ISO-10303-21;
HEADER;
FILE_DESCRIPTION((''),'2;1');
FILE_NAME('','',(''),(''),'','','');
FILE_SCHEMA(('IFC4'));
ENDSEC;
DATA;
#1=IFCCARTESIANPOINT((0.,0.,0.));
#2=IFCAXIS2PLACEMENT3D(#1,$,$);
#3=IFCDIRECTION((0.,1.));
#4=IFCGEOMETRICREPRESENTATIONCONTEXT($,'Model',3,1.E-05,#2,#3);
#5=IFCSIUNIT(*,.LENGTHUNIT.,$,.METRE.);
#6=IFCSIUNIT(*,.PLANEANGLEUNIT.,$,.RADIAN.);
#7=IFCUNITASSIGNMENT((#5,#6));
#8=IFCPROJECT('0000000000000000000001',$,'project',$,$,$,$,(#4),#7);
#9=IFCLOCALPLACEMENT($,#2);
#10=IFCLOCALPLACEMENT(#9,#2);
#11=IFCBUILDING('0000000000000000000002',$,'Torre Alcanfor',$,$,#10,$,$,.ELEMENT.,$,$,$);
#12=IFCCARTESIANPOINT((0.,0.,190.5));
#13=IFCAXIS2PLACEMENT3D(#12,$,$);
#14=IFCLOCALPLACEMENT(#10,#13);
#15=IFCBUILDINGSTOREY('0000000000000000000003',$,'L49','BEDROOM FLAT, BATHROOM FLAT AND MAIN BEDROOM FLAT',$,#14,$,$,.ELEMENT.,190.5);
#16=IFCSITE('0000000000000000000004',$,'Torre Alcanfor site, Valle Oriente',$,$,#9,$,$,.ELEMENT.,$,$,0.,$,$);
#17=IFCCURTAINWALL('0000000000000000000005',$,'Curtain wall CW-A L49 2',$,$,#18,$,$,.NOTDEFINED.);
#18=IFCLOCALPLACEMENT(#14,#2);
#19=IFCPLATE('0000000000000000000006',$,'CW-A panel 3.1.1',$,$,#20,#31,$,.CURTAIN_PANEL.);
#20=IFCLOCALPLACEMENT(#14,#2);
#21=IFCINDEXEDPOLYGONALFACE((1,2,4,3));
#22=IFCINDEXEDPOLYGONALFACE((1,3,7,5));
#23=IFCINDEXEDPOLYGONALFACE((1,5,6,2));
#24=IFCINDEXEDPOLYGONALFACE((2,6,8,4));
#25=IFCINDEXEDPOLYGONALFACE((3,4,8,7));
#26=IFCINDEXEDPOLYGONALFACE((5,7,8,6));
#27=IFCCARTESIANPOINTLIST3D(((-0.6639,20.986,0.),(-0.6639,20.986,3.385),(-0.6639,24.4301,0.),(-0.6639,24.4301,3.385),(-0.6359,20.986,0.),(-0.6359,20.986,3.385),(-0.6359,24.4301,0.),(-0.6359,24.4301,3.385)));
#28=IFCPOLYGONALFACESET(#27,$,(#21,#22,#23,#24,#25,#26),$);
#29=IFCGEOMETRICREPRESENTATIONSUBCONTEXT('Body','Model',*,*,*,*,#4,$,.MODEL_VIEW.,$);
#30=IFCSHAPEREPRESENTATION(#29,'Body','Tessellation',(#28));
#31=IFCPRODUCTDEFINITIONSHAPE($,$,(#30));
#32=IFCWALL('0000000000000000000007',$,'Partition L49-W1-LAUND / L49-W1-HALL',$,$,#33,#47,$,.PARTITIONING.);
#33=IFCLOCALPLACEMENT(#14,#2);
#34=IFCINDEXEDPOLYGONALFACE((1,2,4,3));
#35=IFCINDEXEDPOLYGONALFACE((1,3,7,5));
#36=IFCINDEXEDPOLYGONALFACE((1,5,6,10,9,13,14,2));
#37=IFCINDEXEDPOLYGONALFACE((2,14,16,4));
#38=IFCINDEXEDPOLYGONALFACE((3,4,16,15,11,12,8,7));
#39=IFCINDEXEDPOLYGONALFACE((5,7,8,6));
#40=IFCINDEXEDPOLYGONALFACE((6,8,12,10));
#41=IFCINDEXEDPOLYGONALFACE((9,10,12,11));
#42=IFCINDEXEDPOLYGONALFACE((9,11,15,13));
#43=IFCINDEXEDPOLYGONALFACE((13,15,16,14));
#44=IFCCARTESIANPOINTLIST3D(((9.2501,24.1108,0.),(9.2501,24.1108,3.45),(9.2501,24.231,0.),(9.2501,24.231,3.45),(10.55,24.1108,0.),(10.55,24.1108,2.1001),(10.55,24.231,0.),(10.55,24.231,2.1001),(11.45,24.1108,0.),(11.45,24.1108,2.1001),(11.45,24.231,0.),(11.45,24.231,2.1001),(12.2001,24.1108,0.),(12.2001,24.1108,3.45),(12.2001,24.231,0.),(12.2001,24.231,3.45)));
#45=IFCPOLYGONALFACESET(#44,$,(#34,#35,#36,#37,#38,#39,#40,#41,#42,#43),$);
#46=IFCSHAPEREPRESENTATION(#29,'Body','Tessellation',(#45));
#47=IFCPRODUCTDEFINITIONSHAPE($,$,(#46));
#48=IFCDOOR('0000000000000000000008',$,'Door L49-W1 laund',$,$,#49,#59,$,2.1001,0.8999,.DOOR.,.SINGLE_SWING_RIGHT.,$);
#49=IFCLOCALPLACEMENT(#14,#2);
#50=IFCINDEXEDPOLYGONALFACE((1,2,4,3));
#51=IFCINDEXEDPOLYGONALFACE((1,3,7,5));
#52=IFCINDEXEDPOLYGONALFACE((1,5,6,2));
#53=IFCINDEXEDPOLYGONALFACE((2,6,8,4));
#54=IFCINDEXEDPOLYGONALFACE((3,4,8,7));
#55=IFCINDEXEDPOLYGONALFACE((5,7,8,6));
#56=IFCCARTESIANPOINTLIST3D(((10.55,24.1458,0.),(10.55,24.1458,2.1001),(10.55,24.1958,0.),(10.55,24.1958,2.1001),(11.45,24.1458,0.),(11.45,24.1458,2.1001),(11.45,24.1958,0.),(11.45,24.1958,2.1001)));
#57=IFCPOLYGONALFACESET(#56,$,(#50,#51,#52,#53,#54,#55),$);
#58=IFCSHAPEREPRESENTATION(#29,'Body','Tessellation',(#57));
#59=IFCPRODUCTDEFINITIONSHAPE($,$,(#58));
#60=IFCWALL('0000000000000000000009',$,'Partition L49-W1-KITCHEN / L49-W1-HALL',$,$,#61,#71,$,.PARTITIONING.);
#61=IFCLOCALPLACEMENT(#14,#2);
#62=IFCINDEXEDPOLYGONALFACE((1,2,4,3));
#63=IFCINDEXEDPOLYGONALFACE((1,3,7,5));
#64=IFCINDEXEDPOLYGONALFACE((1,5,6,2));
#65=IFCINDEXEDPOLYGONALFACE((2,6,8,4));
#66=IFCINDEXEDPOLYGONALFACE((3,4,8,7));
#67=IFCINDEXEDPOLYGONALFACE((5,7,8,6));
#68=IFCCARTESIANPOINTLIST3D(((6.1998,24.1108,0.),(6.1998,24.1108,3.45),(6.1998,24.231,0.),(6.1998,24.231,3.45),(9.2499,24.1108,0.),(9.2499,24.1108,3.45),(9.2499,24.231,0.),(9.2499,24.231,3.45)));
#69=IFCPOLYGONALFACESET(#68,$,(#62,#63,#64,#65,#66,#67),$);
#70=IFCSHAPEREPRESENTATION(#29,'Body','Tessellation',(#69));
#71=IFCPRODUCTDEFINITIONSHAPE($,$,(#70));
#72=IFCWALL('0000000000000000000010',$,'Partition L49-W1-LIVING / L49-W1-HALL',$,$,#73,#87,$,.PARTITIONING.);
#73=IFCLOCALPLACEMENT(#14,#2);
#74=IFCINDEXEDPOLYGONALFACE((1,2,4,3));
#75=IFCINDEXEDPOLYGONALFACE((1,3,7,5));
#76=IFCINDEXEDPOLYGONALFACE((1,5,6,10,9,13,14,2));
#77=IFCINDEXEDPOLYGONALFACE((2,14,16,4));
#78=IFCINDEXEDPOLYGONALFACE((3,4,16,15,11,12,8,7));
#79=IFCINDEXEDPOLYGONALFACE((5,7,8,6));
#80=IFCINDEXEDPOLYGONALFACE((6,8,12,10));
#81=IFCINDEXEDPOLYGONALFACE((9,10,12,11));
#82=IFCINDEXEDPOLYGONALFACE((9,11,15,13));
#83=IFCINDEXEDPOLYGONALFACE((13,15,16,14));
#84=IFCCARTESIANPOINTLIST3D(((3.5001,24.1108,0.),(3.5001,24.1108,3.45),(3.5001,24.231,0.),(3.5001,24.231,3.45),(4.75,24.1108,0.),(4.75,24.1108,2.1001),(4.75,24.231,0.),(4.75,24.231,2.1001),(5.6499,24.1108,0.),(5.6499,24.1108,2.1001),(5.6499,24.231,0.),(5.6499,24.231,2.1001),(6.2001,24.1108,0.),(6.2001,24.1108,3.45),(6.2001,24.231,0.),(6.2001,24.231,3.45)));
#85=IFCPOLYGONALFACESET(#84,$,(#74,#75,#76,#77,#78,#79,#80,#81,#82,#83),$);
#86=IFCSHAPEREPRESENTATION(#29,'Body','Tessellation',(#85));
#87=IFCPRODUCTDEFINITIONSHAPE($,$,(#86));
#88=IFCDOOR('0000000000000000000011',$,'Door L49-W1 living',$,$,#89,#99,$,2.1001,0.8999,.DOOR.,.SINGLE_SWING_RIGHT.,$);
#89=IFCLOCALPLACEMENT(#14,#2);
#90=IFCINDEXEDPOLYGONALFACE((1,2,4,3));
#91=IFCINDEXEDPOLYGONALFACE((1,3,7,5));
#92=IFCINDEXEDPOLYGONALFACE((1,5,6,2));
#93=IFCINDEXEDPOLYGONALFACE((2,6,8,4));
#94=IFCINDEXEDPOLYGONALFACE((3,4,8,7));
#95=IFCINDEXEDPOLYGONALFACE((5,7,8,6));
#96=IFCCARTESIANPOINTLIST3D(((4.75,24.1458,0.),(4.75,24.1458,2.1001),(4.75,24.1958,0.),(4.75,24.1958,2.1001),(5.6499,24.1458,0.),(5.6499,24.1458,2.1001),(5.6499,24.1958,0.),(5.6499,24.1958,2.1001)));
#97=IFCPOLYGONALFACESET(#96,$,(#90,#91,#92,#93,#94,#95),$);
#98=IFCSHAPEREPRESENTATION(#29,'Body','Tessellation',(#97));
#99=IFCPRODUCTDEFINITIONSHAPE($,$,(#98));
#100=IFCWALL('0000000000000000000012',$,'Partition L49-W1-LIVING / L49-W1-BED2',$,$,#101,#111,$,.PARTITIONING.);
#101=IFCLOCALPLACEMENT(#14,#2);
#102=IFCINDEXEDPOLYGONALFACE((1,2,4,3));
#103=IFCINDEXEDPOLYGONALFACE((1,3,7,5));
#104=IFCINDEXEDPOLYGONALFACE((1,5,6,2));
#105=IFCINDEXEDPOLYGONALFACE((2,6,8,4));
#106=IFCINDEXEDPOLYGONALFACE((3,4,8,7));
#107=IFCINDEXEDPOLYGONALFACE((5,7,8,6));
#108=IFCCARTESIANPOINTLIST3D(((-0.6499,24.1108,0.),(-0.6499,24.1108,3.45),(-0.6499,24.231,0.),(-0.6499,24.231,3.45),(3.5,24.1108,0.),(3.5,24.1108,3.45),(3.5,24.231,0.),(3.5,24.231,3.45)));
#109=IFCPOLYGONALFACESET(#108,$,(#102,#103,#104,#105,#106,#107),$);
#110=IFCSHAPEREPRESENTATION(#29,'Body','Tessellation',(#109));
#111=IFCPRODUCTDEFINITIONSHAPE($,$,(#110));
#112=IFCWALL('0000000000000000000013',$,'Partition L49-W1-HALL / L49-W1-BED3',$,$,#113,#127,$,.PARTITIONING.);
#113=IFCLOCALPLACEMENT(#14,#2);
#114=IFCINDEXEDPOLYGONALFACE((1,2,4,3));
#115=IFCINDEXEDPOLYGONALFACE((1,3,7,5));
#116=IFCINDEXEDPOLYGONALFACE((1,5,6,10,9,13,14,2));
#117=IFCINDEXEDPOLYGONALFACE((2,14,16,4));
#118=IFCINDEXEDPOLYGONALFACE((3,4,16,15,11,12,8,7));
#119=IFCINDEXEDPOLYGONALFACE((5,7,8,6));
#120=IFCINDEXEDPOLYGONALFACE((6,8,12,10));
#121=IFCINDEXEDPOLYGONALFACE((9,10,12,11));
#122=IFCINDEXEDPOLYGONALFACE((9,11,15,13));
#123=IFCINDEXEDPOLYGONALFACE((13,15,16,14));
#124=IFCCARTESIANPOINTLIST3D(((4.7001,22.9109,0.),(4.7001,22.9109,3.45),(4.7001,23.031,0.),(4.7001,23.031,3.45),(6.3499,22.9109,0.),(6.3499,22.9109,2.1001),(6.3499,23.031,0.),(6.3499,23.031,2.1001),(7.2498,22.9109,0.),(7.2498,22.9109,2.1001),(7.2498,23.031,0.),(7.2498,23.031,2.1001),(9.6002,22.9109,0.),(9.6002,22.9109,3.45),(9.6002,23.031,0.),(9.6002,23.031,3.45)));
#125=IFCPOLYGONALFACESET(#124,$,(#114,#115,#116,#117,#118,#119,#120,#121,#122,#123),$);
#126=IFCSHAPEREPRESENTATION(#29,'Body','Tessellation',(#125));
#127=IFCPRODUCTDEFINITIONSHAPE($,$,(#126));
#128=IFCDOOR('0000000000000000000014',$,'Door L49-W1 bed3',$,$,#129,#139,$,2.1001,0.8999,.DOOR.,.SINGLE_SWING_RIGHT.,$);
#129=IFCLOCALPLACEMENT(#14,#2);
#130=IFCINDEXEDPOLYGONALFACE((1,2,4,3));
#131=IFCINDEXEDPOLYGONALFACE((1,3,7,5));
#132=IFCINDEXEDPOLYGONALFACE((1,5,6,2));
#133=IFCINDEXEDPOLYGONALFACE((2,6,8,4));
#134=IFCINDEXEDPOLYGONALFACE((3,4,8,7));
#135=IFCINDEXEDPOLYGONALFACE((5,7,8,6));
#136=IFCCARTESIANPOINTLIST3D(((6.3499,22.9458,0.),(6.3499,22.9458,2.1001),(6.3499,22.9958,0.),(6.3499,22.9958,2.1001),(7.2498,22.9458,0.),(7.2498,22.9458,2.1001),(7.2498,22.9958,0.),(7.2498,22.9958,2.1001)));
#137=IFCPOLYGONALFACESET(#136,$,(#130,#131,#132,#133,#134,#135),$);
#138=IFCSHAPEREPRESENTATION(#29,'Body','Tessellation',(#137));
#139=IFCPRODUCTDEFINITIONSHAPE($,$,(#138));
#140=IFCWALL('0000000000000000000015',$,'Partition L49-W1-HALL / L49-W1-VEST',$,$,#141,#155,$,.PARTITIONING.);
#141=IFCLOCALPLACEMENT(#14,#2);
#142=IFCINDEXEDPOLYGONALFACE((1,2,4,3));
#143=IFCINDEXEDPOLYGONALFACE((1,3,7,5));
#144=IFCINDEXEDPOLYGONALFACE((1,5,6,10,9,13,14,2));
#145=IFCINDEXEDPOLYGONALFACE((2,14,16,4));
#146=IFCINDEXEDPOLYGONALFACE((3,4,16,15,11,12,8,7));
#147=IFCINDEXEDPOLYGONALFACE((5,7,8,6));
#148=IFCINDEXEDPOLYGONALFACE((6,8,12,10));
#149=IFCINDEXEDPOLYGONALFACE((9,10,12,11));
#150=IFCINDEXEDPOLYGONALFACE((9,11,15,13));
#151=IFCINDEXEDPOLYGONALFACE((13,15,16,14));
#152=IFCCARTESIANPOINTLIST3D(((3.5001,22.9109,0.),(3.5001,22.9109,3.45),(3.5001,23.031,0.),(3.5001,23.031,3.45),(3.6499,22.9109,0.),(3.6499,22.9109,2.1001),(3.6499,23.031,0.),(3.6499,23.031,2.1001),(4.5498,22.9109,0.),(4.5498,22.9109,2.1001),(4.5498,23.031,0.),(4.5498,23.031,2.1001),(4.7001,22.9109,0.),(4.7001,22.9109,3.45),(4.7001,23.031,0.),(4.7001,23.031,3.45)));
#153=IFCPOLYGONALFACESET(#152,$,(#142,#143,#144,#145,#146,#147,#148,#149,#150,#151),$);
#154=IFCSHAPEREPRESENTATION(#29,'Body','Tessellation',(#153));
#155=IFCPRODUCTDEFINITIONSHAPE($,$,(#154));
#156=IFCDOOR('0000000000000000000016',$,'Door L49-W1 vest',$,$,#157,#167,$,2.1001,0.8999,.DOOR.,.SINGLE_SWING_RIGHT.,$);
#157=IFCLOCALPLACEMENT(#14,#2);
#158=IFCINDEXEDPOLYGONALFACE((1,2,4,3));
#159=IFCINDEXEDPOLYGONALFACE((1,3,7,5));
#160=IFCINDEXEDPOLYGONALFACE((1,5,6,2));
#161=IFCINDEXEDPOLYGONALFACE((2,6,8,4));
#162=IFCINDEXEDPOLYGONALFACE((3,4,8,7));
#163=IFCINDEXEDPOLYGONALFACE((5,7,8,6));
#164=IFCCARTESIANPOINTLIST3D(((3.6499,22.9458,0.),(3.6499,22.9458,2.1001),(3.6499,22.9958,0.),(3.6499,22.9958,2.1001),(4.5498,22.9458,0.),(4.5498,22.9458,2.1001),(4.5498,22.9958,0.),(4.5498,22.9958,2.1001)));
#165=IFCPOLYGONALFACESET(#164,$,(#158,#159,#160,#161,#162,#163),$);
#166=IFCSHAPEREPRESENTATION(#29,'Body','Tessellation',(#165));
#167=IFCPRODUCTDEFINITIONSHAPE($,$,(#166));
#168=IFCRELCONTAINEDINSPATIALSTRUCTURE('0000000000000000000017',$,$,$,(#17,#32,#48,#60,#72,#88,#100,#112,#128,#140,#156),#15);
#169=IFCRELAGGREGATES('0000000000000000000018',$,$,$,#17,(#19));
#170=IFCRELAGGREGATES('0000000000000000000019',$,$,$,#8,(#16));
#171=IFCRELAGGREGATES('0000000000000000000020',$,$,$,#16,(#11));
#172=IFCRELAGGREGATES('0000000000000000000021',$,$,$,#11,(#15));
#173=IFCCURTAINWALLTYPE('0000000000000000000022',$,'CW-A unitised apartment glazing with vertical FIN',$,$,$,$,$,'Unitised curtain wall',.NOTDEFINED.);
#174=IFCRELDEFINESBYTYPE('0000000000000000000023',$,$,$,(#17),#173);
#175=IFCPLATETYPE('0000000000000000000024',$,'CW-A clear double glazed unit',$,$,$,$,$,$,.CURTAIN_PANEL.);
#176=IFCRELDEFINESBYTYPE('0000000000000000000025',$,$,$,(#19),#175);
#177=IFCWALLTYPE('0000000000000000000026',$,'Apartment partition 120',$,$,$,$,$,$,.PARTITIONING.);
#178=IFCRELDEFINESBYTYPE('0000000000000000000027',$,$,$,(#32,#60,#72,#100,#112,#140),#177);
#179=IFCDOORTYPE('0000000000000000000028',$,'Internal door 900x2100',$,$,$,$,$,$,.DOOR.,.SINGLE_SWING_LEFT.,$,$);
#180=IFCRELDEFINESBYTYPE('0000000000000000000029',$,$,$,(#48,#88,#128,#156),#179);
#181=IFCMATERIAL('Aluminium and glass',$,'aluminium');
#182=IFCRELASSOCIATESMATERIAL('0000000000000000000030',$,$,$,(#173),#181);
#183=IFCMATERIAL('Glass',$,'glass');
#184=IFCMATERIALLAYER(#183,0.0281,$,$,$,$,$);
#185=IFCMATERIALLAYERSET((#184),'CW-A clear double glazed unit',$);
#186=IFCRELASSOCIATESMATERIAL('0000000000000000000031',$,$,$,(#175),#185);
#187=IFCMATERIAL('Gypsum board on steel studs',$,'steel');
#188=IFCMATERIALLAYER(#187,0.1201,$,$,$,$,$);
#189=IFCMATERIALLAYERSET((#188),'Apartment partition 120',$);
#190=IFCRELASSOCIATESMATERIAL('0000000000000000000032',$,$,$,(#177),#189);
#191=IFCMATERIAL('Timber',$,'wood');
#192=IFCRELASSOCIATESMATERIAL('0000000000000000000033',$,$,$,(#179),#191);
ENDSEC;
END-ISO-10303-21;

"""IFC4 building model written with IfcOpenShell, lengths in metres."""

from ifc_helpers import new_model, si_unit, direction, frame, frame_2d, origin, origin_2d, place, context, subcontext, project, spatial, rectangle, extrude, material, layer, layer_set, type_object, element, fill, aggregate, save


model = new_model("IFC4")

# Units and contexts
model_context = context("Model", 3, precision=1e-05, world=origin(), true_north=direction((0.0, 1.0)))
body_context = subcontext(model_context, "Body", "Model", "MODEL_VIEW")
ifc_project = project(units=[si_unit("LENGTHUNIT", "METRE"), si_unit("PLANEANGLEUNIT", "RADIAN")], contexts=[model_context])

# Site, building, storey
site_placement = place(None, origin())
site = spatial("IfcSite", under=ifc_project, at=site_placement, Name="Torre Alcanfor site, Valle Oriente", CompositionType="ELEMENT", RefElevation=0.0)
building_placement = place(site_placement, origin())
building = spatial("IfcBuilding", under=site, at=building_placement, Name="Torre Alcanfor", CompositionType="ELEMENT")
storey_placement = place(building_placement, frame((0.0, 0.0, 190.5)))
storey = spatial("IfcBuildingStorey", under=building, at=storey_placement, Name="L49", Description="BEDROOM FLAT, BATHROOM FLAT AND MAIN BEDROOM FLAT", CompositionType="ELEMENT", Elevation=190.5)

# Curtain wall
ifc_material_1 = material(Name="Aluminium and glass", Category="aluminium")
curtain_wall_type = type_object("IfcCurtainWallType", Name="CW-A unitised apartment glazing with vertical FIN", ElementType="Unitised curtain wall", PredefinedType="NOTDEFINED", material=ifc_material_1)
curtain_wall_placement = place(storey_placement, origin())
curtain_wall = element("IfcCurtainWall", 1, at=curtain_wall_placement, inside=storey, type_object=curtain_wall_type, Name="Curtain wall CW-A L49 2", PredefinedType="NOTDEFINED")

# Plate
ifc_material_2 = material(Name="Glass", Category="glass")
ifc_layer_1 = layer(ifc_material_2, 0.0281)
ifc_layer_set_1 = layer_set([ifc_layer_1], Name="CW-A clear double glazed unit")
plate_type = type_object("IfcPlateType", Name="CW-A clear double glazed unit", PredefinedType="CURTAIN_PANEL", material=ifc_layer_set_1)
plate_placement = place(storey_placement, frame((-0.6499, 22.708, 0.0), z_axis=(0.0, 0.0, 1.0), x_axis=(0.0, -1.0, 0.0)))
plate = element("IfcPlate", 2, at=plate_placement, type_object=plate_type, Name="CW-A panel 3.1.1", PredefinedType="CURTAIN_PANEL", context=body_context, shape_type="SweptSolid", body=[
    extrude(rectangle(XDim=3.4441, YDim=0.0281, at=origin_2d()), origin(), (0.0, 0.0, 1.0), 3.385),
])
aggregate(curtain_wall, [plate])

# Wall, opening, door
ifc_material_3 = material(Name="Gypsum board on steel studs", Category="steel")
ifc_layer_2 = layer(ifc_material_3, 0.1201)
ifc_layer_set_2 = layer_set([ifc_layer_2], Name="Apartment partition 120")
wall_type_1 = type_object("IfcWallType", Name="Apartment partition 120", PredefinedType="PARTITIONING", material=ifc_layer_set_2)
wall_1_placement = place(storey_placement, frame((9.25, 24.1709, 0.0), z_axis=(0.0, 0.0, 1.0), x_axis=(1.0, 0.0, 0.0)))
wall_1 = element("IfcWall", 3, at=wall_1_placement, inside=storey, type_object=wall_type_1, Name="Partition L49-W1-LAUND / L49-W1-HALL", PredefinedType="PARTITIONING", context=body_context, shape_type="SweptSolid", body=[
    extrude(rectangle(XDim=2.95, YDim=0.1201, at=frame_2d((1.4751, 0.0))), origin(), (0.0, 0.0, 1.0), 3.45),
])
opening_1_placement = place(wall_1_placement, frame((1.3, 0.0, 0.0)))
opening_1 = element("IfcOpeningElement", 4, at=opening_1_placement, cuts=wall_1, PredefinedType="OPENING", context=body_context, shape_type="SweptSolid", body=[
    extrude(rectangle(XDim=0.8999, YDim=2.1001, at=frame_2d((0.45, 1.05))), frame((0.0, 0.0701, 0.0), z_axis=(0.0, -1.0, 0.0), x_axis=(1.0, 0.0, 0.0)), (0.0, 0.0, 1.0), 0.1401),
])
ifc_material_4 = material(Name="Timber", Category="wood")
door_type_1 = type_object("IfcDoorType", Name="Internal door 900x2100", OperationType="SINGLE_SWING_LEFT", PredefinedType="DOOR", material=ifc_material_4)
door_1_placement = place(opening_1_placement, origin())
door_1 = element("IfcDoor", 5, at=door_1_placement, inside=storey, type_object=door_type_1, Name="Door L49-W1 laund", OperationType="SINGLE_SWING_RIGHT", OverallHeight=2.1001, OverallWidth=0.8999, PredefinedType="DOOR", context=body_context, shape_type="SweptSolid", body=[
    extrude(rectangle(XDim=0.8999, YDim=2.1001, at=frame_2d((0.45, 1.05))), frame((0.0, 0.0249, 0.0), z_axis=(0.0, -1.0, 0.0), x_axis=(1.0, 0.0, 0.0)), (0.0, 0.0, 1.0), 0.05),
])
fill(opening_1, door_1)

# Wall
wall_2_placement = place(storey_placement, frame((6.2, 24.1709, 0.0), z_axis=(0.0, 0.0, 1.0), x_axis=(1.0, 0.0, 0.0)))
element("IfcWall", 6, at=wall_2_placement, inside=storey, type_object=wall_type_1, Name="Partition L49-W1-KITCHEN / L49-W1-HALL", PredefinedType="PARTITIONING", context=body_context, shape_type="SweptSolid", body=[
    extrude(rectangle(XDim=3.05, YDim=0.1201, at=frame_2d((1.5249, 0.0))), origin(), (0.0, 0.0, 1.0), 3.45),
])

# Wall, opening, door
wall_3_placement = place(storey_placement, frame((3.5, 24.1709, 0.0), z_axis=(0.0, 0.0, 1.0), x_axis=(1.0, 0.0, 0.0)))
wall_3 = element("IfcWall", 7, at=wall_3_placement, inside=storey, type_object=wall_type_1, Name="Partition L49-W1-LIVING / L49-W1-HALL", PredefinedType="PARTITIONING", context=body_context, shape_type="SweptSolid", body=[
    extrude(rectangle(XDim=2.7, YDim=0.1201, at=frame_2d((1.3501, 0.0))), origin(), (0.0, 0.0, 1.0), 3.45),
])
opening_2_placement = place(wall_3_placement, frame((1.25, 0.0, 0.0)))
opening_2 = element("IfcOpeningElement", 8, at=opening_2_placement, cuts=wall_3, PredefinedType="OPENING", context=body_context, shape_type="SweptSolid", body=[
    extrude(rectangle(XDim=0.8999, YDim=2.1001, at=frame_2d((0.45, 1.05))), frame((0.0, 0.0701, 0.0), z_axis=(0.0, -1.0, 0.0), x_axis=(1.0, 0.0, 0.0)), (0.0, 0.0, 1.0), 0.1401),
])
door_2_placement = place(opening_2_placement, origin())
door_2 = element("IfcDoor", 9, at=door_2_placement, inside=storey, type_object=door_type_1, Name="Door L49-W1 living", OperationType="SINGLE_SWING_RIGHT", OverallHeight=2.1001, OverallWidth=0.8999, PredefinedType="DOOR", context=body_context, shape_type="SweptSolid", body=[
    extrude(rectangle(XDim=0.8999, YDim=2.1001, at=frame_2d((0.45, 1.05))), frame((0.0, 0.0249, 0.0), z_axis=(0.0, -1.0, 0.0), x_axis=(1.0, 0.0, 0.0)), (0.0, 0.0, 1.0), 0.05),
])
fill(opening_2, door_2)

# Wall
wall_4_placement = place(storey_placement, frame((-0.6499, 24.1709, 0.0), z_axis=(0.0, 0.0, 1.0), x_axis=(1.0, 0.0, 0.0)))
element("IfcWall", 10, at=wall_4_placement, inside=storey, type_object=wall_type_1, Name="Partition L49-W1-LIVING / L49-W1-BED2", PredefinedType="PARTITIONING", context=body_context, shape_type="SweptSolid", body=[
    extrude(rectangle(XDim=4.1499, YDim=0.1201, at=frame_2d((2.075, 0.0))), origin(), (0.0, 0.0, 1.0), 3.45),
])

# Walls, openings, doors
wall_5_placement = place(storey_placement, frame((4.7, 22.9709, 0.0), z_axis=(0.0, 0.0, 1.0), x_axis=(1.0, 0.0, 0.0)))
wall_5 = element("IfcWall", 11, at=wall_5_placement, inside=storey, type_object=wall_type_1, Name="Partition L49-W1-HALL / L49-W1-BED3", PredefinedType="PARTITIONING", context=body_context, shape_type="SweptSolid", body=[
    extrude(rectangle(XDim=4.9001, YDim=0.1201, at=frame_2d((2.4502, 0.0))), origin(), (0.0, 0.0, 1.0), 3.45),
])
opening_3_placement = place(wall_5_placement, frame((1.6499, 0.0, 0.0)))
opening_3 = element("IfcOpeningElement", 12, at=opening_3_placement, cuts=wall_5, PredefinedType="OPENING", context=body_context, shape_type="SweptSolid", body=[
    extrude(rectangle(XDim=0.8999, YDim=2.1001, at=frame_2d((0.45, 1.05))), frame((0.0, 0.0701, 0.0), z_axis=(0.0, -1.0, 0.0), x_axis=(1.0, 0.0, 0.0)), (0.0, 0.0, 1.0), 0.1401),
])
door_3_placement = place(opening_3_placement, frame((0.8999, 0.0, 0.0), z_axis=(0.0, 0.0, 1.0), x_axis=(-1.0, 0.0, 0.0)))
door_3 = element("IfcDoor", 13, at=door_3_placement, inside=storey, type_object=door_type_1, Name="Door L49-W1 bed3", OperationType="SINGLE_SWING_RIGHT", OverallHeight=2.1001, OverallWidth=0.8999, PredefinedType="DOOR", context=body_context, shape_type="SweptSolid", body=[
    extrude(rectangle(XDim=0.8999, YDim=2.1001, at=frame_2d((0.45, 1.05))), frame((0.0, 0.0251, 0.0), z_axis=(0.0, -1.0, 0.0), x_axis=(1.0, 0.0, 0.0)), (0.0, 0.0, 1.0), 0.05),
])
fill(opening_3, door_3)
wall_6_placement = place(storey_placement, frame((3.5, 22.9709, 0.0), z_axis=(0.0, 0.0, 1.0), x_axis=(1.0, 0.0, 0.0)))
wall_6 = element("IfcWall", 14, at=wall_6_placement, inside=storey, type_object=wall_type_1, Name="Partition L49-W1-HALL / L49-W1-VEST", PredefinedType="PARTITIONING", context=body_context, shape_type="SweptSolid", body=[
    extrude(rectangle(XDim=1.2, YDim=0.1201, at=frame_2d((0.6001, 0.0))), origin(), (0.0, 0.0, 1.0), 3.45),
])
opening_4_placement = place(wall_6_placement, frame((0.1499, 0.0, 0.0)))
opening_4 = element("IfcOpeningElement", 15, at=opening_4_placement, cuts=wall_6, PredefinedType="OPENING", context=body_context, shape_type="SweptSolid", body=[
    extrude(rectangle(XDim=0.8999, YDim=2.1001, at=frame_2d((0.45, 1.05))), frame((0.0, 0.0701, 0.0), z_axis=(0.0, -1.0, 0.0), x_axis=(1.0, 0.0, 0.0)), (0.0, 0.0, 1.0), 0.1401),
])
door_4_placement = place(opening_4_placement, frame((0.8999, 0.0, 0.0), z_axis=(0.0, 0.0, 1.0), x_axis=(-1.0, 0.0, 0.0)))
door_4 = element("IfcDoor", 16, at=door_4_placement, inside=storey, type_object=door_type_1, Name="Door L49-W1 vest", OperationType="SINGLE_SWING_RIGHT", OverallHeight=2.1001, OverallWidth=0.8999, PredefinedType="DOOR", context=body_context, shape_type="SweptSolid", body=[
    extrude(rectangle(XDim=0.8999, YDim=2.1001, at=frame_2d((0.45, 1.05))), frame((0.0, 0.0251, 0.0), z_axis=(0.0, -1.0, 0.0), x_axis=(1.0, 0.0, 0.0)), (0.0, 0.0, 1.0), 0.05),
])
fill(opening_4, door_4)

save(model, "model.ifc")
